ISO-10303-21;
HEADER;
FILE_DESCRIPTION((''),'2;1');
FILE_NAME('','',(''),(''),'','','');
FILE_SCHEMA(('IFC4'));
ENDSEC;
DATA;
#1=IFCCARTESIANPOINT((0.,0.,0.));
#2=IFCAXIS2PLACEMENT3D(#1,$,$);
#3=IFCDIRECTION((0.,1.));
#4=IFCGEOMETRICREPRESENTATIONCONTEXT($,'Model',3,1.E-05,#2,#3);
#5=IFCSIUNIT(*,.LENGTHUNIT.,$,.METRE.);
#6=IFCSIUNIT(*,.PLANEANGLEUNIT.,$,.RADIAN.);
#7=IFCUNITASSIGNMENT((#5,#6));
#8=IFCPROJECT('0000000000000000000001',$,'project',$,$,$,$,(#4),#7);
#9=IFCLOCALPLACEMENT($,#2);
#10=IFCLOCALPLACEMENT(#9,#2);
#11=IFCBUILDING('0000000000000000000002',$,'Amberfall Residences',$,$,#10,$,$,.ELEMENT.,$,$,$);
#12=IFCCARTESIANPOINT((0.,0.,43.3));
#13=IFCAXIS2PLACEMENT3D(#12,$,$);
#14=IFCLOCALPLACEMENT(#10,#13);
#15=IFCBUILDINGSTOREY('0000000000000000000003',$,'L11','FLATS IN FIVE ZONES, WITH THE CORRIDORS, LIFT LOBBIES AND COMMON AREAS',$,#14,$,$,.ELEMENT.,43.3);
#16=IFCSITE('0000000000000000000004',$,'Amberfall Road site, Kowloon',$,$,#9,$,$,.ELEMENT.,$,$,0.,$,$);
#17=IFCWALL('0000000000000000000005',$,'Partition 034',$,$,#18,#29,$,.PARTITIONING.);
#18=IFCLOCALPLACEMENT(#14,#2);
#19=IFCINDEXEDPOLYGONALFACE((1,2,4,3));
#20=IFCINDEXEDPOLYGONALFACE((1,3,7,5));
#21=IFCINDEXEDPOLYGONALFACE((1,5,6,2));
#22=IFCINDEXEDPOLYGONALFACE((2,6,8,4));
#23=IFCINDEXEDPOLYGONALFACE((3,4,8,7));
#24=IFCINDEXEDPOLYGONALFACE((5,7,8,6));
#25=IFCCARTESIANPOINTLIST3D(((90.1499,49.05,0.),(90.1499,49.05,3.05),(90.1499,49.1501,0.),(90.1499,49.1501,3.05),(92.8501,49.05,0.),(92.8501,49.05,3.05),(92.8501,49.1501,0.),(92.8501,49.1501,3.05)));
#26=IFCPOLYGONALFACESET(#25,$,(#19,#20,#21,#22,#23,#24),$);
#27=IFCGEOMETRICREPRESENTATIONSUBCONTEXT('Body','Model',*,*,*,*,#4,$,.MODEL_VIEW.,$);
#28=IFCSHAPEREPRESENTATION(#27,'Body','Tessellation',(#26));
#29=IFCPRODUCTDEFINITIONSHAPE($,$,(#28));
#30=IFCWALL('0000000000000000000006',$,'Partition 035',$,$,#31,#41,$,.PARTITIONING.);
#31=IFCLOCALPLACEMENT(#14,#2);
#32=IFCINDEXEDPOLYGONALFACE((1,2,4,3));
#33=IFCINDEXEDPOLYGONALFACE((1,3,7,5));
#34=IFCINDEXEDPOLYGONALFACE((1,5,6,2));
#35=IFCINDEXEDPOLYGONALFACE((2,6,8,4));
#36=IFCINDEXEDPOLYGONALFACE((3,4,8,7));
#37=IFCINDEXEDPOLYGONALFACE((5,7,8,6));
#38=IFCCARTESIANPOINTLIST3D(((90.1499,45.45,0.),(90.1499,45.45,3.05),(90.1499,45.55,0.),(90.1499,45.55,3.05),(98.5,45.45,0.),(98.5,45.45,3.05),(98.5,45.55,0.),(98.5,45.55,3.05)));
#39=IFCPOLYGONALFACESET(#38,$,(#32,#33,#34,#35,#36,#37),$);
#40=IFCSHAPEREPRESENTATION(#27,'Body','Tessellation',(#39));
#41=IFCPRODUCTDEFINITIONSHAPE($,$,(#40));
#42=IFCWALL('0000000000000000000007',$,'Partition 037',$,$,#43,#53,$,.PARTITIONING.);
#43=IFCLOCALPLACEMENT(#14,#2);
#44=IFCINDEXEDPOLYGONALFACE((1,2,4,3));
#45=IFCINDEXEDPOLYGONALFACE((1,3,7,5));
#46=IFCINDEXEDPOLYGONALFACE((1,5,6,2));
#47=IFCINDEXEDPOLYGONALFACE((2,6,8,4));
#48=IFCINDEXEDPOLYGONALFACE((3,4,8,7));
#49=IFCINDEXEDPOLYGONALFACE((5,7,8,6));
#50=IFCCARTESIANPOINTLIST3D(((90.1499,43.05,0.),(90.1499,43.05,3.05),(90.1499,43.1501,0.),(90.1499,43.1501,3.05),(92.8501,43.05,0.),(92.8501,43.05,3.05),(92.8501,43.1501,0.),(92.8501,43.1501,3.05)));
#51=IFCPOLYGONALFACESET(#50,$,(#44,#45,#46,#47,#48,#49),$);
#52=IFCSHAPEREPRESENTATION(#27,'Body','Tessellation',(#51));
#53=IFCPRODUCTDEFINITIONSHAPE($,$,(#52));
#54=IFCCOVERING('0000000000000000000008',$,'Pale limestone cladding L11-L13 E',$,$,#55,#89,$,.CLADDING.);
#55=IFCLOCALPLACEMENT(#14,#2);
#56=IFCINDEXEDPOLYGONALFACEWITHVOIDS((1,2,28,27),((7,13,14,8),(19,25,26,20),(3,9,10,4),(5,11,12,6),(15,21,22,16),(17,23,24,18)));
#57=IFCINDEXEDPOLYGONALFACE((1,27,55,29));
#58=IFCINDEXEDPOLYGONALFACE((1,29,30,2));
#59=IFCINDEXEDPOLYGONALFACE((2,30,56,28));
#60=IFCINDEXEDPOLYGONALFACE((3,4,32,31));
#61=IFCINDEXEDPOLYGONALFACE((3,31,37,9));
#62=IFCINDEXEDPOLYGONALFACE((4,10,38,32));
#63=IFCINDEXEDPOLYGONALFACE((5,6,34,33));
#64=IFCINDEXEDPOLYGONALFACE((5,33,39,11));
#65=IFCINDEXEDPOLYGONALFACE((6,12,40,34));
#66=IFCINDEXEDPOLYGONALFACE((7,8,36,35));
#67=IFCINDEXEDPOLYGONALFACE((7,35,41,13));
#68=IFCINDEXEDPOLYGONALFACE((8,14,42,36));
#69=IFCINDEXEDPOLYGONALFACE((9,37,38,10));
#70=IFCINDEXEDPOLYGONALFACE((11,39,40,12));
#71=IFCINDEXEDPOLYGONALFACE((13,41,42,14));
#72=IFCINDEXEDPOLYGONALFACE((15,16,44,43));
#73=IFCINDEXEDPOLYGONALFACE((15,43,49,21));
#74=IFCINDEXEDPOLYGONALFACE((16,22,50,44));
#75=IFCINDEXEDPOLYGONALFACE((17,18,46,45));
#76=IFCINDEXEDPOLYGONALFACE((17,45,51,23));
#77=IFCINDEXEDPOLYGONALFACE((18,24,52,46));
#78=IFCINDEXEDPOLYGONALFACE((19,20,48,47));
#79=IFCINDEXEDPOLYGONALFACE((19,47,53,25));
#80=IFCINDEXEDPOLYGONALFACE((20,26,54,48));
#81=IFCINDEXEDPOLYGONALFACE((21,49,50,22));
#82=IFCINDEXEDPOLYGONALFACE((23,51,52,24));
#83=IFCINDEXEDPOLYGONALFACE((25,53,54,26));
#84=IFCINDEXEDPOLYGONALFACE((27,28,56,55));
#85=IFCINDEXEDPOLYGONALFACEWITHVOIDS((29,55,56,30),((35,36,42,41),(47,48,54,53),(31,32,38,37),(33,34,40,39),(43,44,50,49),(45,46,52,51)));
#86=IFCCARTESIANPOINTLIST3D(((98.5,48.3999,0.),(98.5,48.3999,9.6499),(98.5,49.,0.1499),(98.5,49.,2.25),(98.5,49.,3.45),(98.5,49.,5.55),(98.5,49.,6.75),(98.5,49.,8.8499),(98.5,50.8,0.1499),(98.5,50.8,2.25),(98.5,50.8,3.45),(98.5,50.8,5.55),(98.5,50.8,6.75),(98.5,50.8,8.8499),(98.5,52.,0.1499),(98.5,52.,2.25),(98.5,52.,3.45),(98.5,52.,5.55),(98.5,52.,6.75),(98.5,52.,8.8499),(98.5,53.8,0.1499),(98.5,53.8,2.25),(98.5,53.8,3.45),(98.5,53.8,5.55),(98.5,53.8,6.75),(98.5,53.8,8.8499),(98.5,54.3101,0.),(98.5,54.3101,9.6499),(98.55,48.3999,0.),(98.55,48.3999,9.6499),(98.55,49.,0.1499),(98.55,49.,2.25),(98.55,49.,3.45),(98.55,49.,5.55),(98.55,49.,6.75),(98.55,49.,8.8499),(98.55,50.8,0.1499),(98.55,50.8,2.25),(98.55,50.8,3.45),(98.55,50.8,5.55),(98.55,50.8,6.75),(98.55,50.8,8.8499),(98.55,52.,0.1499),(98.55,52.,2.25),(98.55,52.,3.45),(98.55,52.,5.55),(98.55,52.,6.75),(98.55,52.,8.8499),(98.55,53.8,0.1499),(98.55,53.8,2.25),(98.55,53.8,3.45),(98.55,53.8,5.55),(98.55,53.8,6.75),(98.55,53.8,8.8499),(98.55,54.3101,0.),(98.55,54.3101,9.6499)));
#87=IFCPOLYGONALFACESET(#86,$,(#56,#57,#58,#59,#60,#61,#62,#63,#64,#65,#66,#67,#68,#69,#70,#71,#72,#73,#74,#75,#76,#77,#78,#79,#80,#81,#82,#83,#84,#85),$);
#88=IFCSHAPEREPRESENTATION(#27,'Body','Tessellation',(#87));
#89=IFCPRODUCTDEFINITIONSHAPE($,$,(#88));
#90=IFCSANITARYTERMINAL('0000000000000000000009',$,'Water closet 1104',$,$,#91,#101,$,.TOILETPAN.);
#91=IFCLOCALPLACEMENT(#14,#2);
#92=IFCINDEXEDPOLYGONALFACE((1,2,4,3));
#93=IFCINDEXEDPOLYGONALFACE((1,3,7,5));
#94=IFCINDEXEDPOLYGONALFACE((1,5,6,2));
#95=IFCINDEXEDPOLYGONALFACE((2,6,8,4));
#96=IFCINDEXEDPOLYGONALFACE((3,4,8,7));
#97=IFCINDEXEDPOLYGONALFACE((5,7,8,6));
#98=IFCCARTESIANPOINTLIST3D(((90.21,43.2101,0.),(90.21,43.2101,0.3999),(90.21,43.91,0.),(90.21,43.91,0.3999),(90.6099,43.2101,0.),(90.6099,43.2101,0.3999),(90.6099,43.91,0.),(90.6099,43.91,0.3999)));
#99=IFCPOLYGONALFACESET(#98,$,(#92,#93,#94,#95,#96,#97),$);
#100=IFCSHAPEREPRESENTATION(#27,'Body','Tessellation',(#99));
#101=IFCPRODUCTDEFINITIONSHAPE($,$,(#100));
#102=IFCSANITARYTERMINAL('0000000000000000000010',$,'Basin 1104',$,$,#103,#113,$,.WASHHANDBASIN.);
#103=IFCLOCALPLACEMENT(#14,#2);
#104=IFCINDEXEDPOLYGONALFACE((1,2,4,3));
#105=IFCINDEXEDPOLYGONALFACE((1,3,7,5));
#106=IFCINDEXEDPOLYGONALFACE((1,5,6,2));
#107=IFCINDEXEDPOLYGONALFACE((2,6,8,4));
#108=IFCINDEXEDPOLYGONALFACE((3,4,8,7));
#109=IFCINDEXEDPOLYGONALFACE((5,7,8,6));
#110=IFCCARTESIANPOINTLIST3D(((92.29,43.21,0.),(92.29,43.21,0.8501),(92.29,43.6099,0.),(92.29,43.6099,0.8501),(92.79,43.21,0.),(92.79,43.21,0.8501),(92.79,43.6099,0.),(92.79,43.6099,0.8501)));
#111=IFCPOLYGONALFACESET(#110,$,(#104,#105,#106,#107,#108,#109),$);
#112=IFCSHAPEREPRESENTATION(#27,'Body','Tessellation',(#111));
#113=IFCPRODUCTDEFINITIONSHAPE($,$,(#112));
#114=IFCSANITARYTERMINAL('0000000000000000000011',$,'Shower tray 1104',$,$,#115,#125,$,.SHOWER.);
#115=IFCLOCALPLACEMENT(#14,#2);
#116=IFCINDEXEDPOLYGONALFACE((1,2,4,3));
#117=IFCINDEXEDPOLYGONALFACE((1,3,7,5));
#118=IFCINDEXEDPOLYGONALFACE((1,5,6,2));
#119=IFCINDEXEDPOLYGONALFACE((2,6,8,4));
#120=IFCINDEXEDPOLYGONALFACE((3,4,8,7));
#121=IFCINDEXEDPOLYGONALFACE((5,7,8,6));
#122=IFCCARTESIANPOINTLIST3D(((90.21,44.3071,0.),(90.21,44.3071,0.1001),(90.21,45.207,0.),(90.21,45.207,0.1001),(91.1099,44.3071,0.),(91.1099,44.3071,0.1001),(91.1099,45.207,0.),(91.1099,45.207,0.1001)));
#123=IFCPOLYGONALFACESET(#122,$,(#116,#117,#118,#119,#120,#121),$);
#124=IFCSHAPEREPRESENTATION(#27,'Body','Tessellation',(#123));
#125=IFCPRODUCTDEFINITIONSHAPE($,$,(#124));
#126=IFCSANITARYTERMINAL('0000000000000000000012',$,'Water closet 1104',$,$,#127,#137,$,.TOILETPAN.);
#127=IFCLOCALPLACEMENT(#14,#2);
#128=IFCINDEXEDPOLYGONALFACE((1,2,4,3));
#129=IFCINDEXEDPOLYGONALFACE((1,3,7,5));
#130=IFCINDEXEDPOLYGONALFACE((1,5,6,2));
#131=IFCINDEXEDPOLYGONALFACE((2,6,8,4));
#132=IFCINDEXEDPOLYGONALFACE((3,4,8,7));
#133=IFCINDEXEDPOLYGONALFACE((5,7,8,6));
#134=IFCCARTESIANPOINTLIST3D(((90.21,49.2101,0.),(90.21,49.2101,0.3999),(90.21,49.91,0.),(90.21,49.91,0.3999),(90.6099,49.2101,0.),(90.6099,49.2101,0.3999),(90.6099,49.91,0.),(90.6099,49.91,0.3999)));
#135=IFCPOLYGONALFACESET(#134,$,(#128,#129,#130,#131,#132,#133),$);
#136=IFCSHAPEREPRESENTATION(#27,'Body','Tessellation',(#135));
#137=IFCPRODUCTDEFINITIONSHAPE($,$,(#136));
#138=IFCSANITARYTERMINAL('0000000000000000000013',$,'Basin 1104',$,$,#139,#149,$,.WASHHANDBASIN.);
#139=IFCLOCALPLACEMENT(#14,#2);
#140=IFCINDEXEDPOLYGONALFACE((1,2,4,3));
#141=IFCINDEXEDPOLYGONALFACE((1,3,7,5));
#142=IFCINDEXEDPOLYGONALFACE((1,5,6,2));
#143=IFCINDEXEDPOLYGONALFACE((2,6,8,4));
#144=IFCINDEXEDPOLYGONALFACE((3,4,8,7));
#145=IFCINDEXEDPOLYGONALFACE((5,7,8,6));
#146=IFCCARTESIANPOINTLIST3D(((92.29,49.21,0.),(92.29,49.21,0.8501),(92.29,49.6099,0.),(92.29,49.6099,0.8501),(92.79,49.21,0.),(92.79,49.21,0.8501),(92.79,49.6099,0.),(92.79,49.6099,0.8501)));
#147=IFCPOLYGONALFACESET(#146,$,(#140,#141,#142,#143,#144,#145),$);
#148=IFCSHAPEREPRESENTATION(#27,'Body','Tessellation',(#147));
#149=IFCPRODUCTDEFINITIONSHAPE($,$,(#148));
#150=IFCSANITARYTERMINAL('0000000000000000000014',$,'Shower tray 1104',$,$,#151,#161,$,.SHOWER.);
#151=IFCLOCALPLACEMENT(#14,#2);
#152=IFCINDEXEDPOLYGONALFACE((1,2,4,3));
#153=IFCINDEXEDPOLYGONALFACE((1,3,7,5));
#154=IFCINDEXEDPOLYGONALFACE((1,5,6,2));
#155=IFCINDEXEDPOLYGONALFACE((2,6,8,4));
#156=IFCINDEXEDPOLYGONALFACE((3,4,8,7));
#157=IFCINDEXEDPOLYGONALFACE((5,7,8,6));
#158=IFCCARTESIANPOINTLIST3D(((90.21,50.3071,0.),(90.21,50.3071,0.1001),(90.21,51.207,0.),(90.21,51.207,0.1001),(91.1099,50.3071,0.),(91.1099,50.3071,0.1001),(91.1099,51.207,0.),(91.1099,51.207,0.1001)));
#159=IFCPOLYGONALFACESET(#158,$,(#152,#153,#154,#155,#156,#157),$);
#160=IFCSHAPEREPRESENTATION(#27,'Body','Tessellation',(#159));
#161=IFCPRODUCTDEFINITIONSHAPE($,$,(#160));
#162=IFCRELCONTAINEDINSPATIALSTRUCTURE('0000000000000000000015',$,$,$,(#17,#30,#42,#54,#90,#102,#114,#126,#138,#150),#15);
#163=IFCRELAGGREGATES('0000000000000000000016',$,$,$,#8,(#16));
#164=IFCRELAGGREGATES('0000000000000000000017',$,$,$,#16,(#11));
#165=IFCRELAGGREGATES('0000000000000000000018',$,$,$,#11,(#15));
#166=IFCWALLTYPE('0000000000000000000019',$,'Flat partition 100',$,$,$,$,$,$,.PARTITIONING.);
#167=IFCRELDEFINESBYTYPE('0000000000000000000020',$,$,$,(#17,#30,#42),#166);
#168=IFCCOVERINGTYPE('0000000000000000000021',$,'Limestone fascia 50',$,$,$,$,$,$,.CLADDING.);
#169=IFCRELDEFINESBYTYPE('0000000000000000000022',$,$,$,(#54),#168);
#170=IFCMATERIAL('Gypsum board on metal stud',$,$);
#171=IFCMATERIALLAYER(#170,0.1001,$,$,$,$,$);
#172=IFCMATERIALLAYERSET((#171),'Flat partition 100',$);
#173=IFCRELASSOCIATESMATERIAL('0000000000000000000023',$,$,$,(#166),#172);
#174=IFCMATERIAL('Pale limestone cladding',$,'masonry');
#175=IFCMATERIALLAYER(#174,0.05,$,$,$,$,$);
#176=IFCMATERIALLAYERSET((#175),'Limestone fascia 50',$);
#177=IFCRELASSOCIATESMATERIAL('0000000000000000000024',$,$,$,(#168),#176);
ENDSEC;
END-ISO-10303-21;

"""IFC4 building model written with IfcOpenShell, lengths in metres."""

from ifc_helpers import new_model, si_unit, direction, frame, frame_2d, origin, origin_2d, place, context, subcontext, project, spatial, polyline, rectangle, outline, extrude, material, layer, layer_set, type_object, element, save


model = new_model("IFC4")

# Units and contexts
model_context = context("Model", 3, precision=1e-05, world=origin(), true_north=direction((0.0, 1.0)))
body_context = subcontext(model_context, "Body", "Model", "MODEL_VIEW")
ifc_project = project(units=[si_unit("LENGTHUNIT", "METRE"), si_unit("PLANEANGLEUNIT", "RADIAN")], contexts=[model_context])

# Site, building, storey
site_placement = place(None, origin())
site = spatial("IfcSite", under=ifc_project, at=site_placement, Name="Amberfall Road site, Kowloon", CompositionType="ELEMENT", RefElevation=0.0)
building_placement = place(site_placement, origin())
building = spatial("IfcBuilding", under=site, at=building_placement, Name="Amberfall Residences", CompositionType="ELEMENT")
storey_placement = place(building_placement, frame((0.0, 0.0, 43.3)))
storey = spatial("IfcBuildingStorey", under=building, at=storey_placement, Name="L11", Description="FLATS IN FIVE ZONES, WITH THE CORRIDORS, LIFT LOBBIES AND COMMON AREAS", CompositionType="ELEMENT", Elevation=43.3)

# Walls
ifc_material_1 = material(Name="Gypsum board on metal stud")
ifc_layer_1 = layer(ifc_material_1, 0.1001)
ifc_layer_set_1 = layer_set([ifc_layer_1], Name="Flat partition 100")
wall_type_1 = type_object("IfcWallType", Name="Flat partition 100", PredefinedType="PARTITIONING", material=ifc_layer_set_1)
wall_1_placement = place(storey_placement, frame((90.1499, 49.1001, 0.0), z_axis=(0.0, 0.0, 1.0), x_axis=(1.0, 0.0, 0.0)))
element("IfcWall", 1, at=wall_1_placement, inside=storey, type_object=wall_type_1, Name="Partition 034", PredefinedType="PARTITIONING", context=body_context, shape_type="SweptSolid", body=[
    extrude(rectangle(XDim=2.7002, YDim=0.1001, at=frame_2d((1.3501, 0.0))), origin(), (0.0, 0.0, 1.0), 3.05),
])
wall_2_placement = place(storey_placement, frame((90.1499, 45.5, 0.0), z_axis=(0.0, 0.0, 1.0), x_axis=(1.0, 0.0, 0.0)))
element("IfcWall", 2, at=wall_2_placement, inside=storey, type_object=wall_type_1, Name="Partition 035", PredefinedType="PARTITIONING", context=body_context, shape_type="SweptSolid", body=[
    extrude(rectangle(XDim=8.3501, YDim=0.1001, at=frame_2d((4.175, 0.0))), origin(), (0.0, 0.0, 1.0), 3.05),
])
wall_3_placement = place(storey_placement, frame((90.1499, 43.1001, 0.0), z_axis=(0.0, 0.0, 1.0), x_axis=(1.0, 0.0, 0.0)))
element("IfcWall", 3, at=wall_3_placement, inside=storey, type_object=wall_type_1, Name="Partition 037", PredefinedType="PARTITIONING", context=body_context, shape_type="SweptSolid", body=[
    extrude(rectangle(XDim=2.7002, YDim=0.1001, at=frame_2d((1.3501, 0.0))), origin(), (0.0, 0.0, 1.0), 3.05),
])

# Covering
ifc_material_2 = material(Name="Pale limestone cladding", Category="masonry")
ifc_layer_2 = layer(ifc_material_2, 0.05)
ifc_layer_set_2 = layer_set([ifc_layer_2], Name="Limestone fascia 50")
covering_type = type_object("IfcCoveringType", Name="Limestone fascia 50", PredefinedType="CLADDING", material=ifc_layer_set_2)
covering_placement = place(storey_placement, frame((98.5, 48.3999, 9.6499), z_axis=(-1.0, 0.0, 0.0), x_axis=(0.0, 1.0, 0.0)))
element("IfcCovering", 4, at=covering_placement, inside=storey, type_object=covering_type, Name="Pale limestone cladding L11-L13 E", PredefinedType="CLADDING", context=body_context, shape_type="SweptSolid", body=[
    extrude(outline(polyline([(0.0, 0.0), (5.9102, 0.0), (5.9102, 9.6499), (0.0, 9.6499), (0.0, 0.0)]), holes=[polyline([(0.6001, 7.3999), (2.4001, 7.3999), (2.4001, 9.5), (0.6001, 9.5), (0.6001, 7.3999)]), polyline([(3.6001, 7.3999), (5.4001, 7.3999), (5.4001, 9.5), (3.6001, 9.5), (3.6001, 7.3999)]), polyline([(0.6001, 4.0999), (2.4001, 4.0999), (2.4001, 6.2), (0.6001, 6.2), (0.6001, 4.0999)]), polyline([(3.6001, 4.0999), (5.4001, 4.0999), (5.4001, 6.2), (3.6001, 6.2), (3.6001, 4.0999)]), polyline([(0.6001, 0.8), (2.4001, 0.8), (2.4001, 2.8999), (0.6001, 2.8999), (0.6001, 0.8)]), polyline([(3.6001, 0.8), (5.4001, 0.8), (5.4001, 2.8999), (3.6001, 2.8999), (3.6001, 0.8)])]), origin(), (0.0, 0.0, -1.0), 0.05),
])

# Sanitary terminals
sanitary_terminal_1_placement = place(storey_placement, frame((90.4099, 43.5601, 0.0), z_axis=(0.0, 0.0, 1.0), x_axis=(1.0, 0.0, 0.0)))
element("IfcSanitaryTerminal", 5, at=sanitary_terminal_1_placement, inside=storey, Name="Water closet 1104", PredefinedType="TOILETPAN", context=body_context, shape_type="SweptSolid", body=[
    extrude(rectangle(XDim=0.3999, YDim=0.7, at=origin_2d()), origin(), (0.0, 0.0, 1.0), 0.3999),
])
sanitary_terminal_2_placement = place(storey_placement, frame((92.54, 43.4099, 0.0), z_axis=(0.0, 0.0, 1.0), x_axis=(1.0, 0.0, 0.0)))
element("IfcSanitaryTerminal", 6, at=sanitary_terminal_2_placement, inside=storey, Name="Basin 1104", PredefinedType="WASHHANDBASIN", context=body_context, shape_type="SweptSolid", body=[
    extrude(rectangle(XDim=0.5, YDim=0.3999, at=origin_2d()), origin(), (0.0, 0.0, 1.0), 0.8501),
])
sanitary_terminal_3_placement = place(storey_placement, frame((90.6599, 44.7571, 0.0), z_axis=(0.0, 0.0, 1.0), x_axis=(1.0, 0.0, 0.0)))
element("IfcSanitaryTerminal", 7, at=sanitary_terminal_3_placement, inside=storey, Name="Shower tray 1104", PredefinedType="SHOWER", context=body_context, shape_type="SweptSolid", body=[
    extrude(rectangle(XDim=0.8999, YDim=0.8999, at=origin_2d()), origin(), (0.0, 0.0, 1.0), 0.1001),
])
sanitary_terminal_4_placement = place(storey_placement, frame((90.4099, 49.5601, 0.0), z_axis=(0.0, 0.0, 1.0), x_axis=(1.0, 0.0, 0.0)))
element("IfcSanitaryTerminal", 8, at=sanitary_terminal_4_placement, inside=storey, Name="Water closet 1104", PredefinedType="TOILETPAN", context=body_context, shape_type="SweptSolid", body=[
    extrude(rectangle(XDim=0.3999, YDim=0.7, at=origin_2d()), origin(), (0.0, 0.0, 1.0), 0.3999),
])
sanitary_terminal_5_placement = place(storey_placement, frame((92.54, 49.4099, 0.0), z_axis=(0.0, 0.0, 1.0), x_axis=(1.0, 0.0, 0.0)))
element("IfcSanitaryTerminal", 9, at=sanitary_terminal_5_placement, inside=storey, Name="Basin 1104", PredefinedType="WASHHANDBASIN", context=body_context, shape_type="SweptSolid", body=[
    extrude(rectangle(XDim=0.5, YDim=0.3999, at=origin_2d()), origin(), (0.0, 0.0, 1.0), 0.8501),
])
sanitary_terminal_6_placement = place(storey_placement, frame((90.6599, 50.7571, 0.0), z_axis=(0.0, 0.0, 1.0), x_axis=(1.0, 0.0, 0.0)))
element("IfcSanitaryTerminal", 10, at=sanitary_terminal_6_placement, inside=storey, Name="Shower tray 1104", PredefinedType="SHOWER", context=body_context, shape_type="SweptSolid", body=[
    extrude(rectangle(XDim=0.8999, YDim=0.8999, at=origin_2d()), origin(), (0.0, 0.0, 1.0), 0.1001),
])

save(model, "model.ifc")
